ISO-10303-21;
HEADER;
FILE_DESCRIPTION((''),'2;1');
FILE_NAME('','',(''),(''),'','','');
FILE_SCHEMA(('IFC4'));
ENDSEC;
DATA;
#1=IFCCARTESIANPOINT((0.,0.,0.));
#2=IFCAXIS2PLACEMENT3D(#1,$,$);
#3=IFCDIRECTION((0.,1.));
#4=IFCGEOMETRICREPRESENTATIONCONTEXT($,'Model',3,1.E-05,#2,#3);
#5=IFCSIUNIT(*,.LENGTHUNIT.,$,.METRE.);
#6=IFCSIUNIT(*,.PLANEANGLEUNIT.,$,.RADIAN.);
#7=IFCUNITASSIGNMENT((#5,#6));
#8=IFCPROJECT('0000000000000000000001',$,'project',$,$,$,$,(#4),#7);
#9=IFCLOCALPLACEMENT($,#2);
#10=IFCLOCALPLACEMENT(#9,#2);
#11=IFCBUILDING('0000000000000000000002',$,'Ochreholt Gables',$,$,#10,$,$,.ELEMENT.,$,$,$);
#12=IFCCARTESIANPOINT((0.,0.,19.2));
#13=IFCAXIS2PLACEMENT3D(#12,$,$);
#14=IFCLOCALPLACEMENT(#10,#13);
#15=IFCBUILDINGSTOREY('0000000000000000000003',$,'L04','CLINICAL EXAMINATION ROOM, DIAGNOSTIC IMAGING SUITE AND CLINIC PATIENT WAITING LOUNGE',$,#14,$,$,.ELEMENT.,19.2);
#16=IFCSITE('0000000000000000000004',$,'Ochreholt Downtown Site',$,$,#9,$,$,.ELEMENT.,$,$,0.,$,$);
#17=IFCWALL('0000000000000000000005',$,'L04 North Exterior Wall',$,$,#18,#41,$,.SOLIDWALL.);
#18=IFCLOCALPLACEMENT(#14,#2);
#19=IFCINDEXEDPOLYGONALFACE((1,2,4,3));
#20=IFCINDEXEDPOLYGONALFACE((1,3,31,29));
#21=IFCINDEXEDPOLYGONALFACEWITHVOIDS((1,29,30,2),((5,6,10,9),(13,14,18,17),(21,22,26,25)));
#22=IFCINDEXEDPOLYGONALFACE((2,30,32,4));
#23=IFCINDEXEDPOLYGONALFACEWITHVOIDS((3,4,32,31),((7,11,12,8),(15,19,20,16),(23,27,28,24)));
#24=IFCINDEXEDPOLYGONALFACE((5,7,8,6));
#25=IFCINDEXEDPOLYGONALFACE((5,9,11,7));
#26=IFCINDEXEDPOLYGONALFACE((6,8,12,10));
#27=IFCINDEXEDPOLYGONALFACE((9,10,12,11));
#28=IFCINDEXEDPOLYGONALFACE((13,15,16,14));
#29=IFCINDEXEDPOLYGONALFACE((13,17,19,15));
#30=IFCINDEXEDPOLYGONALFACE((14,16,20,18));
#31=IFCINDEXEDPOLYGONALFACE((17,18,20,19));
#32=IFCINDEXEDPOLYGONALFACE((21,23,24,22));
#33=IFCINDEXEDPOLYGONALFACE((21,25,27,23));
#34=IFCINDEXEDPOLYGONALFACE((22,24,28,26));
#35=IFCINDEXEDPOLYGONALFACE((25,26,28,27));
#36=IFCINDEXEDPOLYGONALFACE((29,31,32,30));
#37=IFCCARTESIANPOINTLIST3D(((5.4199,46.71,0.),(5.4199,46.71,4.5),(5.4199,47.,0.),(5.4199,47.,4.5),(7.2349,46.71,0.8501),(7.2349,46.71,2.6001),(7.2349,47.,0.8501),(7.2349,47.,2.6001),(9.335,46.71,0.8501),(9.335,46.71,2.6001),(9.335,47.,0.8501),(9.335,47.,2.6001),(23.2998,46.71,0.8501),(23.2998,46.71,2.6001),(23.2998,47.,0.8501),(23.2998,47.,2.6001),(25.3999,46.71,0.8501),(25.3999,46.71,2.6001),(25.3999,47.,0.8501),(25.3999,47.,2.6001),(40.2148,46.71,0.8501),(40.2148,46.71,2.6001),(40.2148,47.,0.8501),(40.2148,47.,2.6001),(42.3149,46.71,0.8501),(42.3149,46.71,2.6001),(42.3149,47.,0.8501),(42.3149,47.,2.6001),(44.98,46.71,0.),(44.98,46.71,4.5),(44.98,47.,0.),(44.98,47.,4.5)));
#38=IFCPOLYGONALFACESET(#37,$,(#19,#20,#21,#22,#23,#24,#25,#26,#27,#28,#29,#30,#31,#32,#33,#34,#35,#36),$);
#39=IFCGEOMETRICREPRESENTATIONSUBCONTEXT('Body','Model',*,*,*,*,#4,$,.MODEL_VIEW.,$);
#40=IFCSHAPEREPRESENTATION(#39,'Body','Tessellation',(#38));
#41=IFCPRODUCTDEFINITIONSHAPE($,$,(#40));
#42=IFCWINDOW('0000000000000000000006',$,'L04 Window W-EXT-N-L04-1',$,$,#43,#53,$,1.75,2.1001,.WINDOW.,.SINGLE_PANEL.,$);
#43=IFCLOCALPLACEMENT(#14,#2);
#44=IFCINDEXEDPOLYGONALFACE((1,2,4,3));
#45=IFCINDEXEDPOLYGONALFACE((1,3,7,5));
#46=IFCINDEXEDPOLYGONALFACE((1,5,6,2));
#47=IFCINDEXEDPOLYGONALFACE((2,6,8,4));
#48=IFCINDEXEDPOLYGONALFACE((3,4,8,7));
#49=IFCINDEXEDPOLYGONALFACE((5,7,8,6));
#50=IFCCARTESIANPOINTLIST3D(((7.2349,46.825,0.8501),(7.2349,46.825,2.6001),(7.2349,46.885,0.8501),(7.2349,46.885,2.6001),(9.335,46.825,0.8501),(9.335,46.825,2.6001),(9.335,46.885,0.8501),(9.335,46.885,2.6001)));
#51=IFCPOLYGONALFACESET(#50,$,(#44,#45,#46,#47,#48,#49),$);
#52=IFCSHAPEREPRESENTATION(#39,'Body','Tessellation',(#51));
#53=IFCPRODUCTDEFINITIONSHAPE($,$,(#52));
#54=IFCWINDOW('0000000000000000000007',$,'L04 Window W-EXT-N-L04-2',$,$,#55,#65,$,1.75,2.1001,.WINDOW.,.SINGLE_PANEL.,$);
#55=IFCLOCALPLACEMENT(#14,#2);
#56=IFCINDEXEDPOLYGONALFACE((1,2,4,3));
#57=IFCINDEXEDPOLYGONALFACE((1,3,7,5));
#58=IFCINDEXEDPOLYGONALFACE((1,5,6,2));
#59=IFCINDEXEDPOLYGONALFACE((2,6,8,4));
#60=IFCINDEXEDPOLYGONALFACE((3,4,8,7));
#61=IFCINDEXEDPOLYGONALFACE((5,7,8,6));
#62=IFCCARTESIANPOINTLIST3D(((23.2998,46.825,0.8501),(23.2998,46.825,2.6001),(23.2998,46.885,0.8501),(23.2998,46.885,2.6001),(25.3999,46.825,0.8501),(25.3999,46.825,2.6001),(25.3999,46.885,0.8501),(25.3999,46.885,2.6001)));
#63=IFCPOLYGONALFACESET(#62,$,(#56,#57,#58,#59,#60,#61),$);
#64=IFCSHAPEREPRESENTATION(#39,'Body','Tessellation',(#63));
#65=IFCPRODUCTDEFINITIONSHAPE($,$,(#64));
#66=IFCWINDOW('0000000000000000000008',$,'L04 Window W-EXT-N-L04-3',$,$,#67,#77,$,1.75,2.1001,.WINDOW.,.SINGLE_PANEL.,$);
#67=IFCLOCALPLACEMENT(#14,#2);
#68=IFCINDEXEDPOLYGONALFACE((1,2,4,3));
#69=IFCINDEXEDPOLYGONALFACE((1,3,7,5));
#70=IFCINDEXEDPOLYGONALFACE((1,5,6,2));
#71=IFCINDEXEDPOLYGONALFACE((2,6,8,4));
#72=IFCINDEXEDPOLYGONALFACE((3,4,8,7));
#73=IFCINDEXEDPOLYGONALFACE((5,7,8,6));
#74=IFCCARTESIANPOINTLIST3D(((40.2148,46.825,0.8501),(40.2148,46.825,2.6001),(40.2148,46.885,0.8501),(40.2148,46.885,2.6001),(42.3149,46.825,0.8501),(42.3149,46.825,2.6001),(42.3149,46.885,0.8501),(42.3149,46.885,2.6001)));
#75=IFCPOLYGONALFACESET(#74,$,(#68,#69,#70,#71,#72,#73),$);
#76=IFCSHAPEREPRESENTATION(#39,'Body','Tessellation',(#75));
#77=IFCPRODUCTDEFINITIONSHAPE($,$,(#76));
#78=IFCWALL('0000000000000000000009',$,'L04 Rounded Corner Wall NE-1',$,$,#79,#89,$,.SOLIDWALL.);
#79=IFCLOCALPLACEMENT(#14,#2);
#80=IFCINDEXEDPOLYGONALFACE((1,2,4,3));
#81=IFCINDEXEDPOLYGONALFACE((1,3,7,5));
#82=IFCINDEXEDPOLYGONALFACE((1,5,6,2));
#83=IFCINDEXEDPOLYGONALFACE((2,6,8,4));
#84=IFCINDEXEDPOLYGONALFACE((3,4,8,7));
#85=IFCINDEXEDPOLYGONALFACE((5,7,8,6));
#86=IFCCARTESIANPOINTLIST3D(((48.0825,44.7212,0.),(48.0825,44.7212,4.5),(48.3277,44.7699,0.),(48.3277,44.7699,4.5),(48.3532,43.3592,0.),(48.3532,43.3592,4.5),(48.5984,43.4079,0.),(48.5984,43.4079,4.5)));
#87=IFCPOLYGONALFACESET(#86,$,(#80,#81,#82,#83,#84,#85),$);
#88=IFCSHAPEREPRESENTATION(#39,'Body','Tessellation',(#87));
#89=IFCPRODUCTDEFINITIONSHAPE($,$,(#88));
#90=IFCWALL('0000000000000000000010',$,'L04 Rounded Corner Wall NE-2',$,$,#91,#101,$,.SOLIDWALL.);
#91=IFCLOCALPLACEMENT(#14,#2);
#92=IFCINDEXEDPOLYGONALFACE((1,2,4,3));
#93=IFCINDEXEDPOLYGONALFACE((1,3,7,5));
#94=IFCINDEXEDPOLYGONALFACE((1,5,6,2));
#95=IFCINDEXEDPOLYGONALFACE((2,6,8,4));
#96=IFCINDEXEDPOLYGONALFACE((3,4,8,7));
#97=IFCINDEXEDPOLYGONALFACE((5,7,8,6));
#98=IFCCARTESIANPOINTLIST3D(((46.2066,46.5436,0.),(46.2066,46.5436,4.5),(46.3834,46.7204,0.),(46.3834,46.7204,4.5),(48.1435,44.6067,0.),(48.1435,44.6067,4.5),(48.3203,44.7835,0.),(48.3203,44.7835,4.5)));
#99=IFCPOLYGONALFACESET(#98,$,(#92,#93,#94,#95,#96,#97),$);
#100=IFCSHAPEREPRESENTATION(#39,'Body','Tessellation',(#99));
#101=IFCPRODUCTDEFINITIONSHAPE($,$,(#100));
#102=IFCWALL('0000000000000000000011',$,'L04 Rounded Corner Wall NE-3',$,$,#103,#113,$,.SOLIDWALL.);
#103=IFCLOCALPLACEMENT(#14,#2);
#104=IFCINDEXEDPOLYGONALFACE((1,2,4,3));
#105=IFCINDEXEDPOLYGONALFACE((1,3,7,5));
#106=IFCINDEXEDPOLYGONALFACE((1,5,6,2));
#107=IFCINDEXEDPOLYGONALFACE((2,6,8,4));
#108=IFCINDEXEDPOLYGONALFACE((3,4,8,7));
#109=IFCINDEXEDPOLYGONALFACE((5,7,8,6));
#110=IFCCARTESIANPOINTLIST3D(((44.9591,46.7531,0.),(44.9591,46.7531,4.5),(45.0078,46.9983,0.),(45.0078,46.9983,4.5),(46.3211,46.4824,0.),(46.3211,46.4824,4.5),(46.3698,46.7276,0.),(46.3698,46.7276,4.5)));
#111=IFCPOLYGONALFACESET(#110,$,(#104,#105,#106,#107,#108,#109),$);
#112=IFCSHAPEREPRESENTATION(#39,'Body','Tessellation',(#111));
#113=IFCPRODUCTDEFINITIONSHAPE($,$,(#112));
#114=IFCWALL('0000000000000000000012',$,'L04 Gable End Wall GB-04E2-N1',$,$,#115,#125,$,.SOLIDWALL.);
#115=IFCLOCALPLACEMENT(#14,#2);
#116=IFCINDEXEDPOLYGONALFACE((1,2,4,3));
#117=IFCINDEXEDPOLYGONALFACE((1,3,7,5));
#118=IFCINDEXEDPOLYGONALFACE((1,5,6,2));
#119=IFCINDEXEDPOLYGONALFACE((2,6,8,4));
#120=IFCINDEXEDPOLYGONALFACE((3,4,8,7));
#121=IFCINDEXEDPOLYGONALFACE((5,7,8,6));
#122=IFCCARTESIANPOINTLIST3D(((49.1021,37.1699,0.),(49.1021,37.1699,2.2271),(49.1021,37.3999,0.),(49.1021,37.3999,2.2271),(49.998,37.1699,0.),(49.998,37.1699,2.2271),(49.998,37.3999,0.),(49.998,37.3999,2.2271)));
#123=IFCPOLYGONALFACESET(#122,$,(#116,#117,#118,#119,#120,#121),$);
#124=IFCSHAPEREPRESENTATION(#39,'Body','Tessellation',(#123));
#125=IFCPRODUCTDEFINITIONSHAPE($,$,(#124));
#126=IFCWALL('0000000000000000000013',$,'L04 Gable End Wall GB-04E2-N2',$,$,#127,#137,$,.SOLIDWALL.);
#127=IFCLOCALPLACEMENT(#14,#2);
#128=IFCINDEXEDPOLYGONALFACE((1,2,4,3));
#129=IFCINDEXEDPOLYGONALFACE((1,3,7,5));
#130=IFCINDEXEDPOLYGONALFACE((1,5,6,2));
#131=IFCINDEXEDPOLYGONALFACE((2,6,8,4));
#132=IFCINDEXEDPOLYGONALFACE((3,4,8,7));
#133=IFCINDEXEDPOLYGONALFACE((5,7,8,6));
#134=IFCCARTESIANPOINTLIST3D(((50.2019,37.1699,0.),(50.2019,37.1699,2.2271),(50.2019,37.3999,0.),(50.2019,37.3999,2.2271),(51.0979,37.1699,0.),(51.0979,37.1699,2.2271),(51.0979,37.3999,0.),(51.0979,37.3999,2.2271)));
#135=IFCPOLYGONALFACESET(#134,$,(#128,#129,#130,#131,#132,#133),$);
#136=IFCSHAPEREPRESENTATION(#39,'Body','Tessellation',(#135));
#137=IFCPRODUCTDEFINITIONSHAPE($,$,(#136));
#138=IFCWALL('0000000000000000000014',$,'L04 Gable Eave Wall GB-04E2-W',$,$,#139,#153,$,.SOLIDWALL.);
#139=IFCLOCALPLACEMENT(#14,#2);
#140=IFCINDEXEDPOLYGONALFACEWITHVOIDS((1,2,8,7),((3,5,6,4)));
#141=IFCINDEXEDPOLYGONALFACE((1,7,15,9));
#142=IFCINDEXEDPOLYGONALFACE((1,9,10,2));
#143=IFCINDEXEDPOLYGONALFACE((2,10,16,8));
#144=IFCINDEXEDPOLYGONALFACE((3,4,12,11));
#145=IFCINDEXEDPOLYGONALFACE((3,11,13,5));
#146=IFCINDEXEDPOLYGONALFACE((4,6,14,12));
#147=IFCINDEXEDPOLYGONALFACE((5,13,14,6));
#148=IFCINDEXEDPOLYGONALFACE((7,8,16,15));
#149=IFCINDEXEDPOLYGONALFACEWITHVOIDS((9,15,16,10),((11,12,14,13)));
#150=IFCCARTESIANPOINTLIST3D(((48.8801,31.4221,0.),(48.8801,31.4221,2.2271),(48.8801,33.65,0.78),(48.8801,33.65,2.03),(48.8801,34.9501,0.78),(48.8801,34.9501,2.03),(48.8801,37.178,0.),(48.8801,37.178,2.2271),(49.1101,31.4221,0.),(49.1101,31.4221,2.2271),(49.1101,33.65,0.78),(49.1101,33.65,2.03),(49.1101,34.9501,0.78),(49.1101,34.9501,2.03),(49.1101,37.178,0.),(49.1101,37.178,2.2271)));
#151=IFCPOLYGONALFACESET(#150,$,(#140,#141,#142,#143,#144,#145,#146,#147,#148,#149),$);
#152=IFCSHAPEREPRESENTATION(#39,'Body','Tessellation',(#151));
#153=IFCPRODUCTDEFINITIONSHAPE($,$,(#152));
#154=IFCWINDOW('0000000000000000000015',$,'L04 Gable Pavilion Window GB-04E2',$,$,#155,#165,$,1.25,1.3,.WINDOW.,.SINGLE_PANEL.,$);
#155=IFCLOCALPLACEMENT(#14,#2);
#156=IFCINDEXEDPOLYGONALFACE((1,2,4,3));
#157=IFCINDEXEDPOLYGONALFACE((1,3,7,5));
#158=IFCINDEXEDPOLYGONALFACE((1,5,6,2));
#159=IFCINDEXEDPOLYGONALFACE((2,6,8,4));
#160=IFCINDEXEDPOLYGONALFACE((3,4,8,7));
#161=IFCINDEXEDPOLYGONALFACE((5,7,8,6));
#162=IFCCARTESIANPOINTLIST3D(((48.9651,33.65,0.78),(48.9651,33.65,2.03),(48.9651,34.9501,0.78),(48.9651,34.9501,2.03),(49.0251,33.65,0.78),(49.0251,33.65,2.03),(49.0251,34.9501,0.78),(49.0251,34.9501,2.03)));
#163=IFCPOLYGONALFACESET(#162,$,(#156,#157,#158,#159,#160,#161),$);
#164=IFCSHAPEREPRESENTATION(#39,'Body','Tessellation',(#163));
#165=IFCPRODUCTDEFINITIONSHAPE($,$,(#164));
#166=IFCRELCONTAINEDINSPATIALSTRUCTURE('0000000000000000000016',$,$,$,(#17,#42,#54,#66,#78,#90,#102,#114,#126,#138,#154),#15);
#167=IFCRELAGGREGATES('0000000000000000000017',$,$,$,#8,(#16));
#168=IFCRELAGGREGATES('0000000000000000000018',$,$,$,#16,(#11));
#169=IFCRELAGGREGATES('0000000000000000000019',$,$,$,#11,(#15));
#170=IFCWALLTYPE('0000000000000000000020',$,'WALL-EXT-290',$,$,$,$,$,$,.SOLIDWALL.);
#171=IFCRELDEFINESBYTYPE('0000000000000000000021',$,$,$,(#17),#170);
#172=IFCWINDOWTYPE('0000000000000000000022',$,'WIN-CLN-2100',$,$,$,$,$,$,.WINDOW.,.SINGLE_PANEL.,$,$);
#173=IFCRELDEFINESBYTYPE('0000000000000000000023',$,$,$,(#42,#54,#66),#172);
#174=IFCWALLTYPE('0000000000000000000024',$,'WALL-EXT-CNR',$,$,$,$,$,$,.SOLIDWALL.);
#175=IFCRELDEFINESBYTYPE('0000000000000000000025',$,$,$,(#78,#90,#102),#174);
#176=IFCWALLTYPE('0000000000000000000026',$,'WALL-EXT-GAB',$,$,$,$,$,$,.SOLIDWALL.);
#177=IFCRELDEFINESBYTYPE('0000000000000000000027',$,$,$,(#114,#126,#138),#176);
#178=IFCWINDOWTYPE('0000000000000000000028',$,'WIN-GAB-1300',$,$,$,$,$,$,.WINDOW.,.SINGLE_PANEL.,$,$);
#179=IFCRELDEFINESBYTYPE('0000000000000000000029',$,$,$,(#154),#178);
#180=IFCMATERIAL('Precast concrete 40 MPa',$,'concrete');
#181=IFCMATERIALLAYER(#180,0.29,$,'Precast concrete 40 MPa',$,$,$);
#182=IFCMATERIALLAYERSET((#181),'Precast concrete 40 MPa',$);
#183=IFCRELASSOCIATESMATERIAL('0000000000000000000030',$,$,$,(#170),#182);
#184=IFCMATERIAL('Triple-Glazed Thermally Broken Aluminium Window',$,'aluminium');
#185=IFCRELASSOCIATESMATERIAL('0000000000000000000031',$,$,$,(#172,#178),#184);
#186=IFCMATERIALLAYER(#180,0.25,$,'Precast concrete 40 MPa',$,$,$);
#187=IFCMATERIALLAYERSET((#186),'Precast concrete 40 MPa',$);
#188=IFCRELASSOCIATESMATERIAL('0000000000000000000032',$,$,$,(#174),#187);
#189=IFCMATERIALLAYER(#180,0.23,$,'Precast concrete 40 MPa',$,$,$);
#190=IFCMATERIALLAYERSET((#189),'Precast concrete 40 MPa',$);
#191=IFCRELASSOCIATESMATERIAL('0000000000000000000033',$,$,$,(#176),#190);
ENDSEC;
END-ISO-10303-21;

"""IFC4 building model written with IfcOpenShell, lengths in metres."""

from ifc_helpers import new_model, si_unit, direction, frame, frame_2d, origin, place, context, subcontext, project, spatial, rectangle, extrude, material, layer, layer_set, type_object, element, fill, save


model = new_model("IFC4")

# Units and contexts
model_context = context("Model", 3, precision=1e-05, world=origin(), true_north=direction((0.0, 1.0)))
body_context = subcontext(model_context, "Body", "Model", "MODEL_VIEW")
ifc_project = project(units=[si_unit("LENGTHUNIT", "METRE"), si_unit("PLANEANGLEUNIT", "RADIAN")], contexts=[model_context])

# Site, building, storey
site_placement = place(None, origin())
site = spatial("IfcSite", under=ifc_project, at=site_placement, Name="Ochreholt Downtown Site", CompositionType="ELEMENT", RefElevation=0.0)
building_placement = place(site_placement, origin())
building = spatial("IfcBuilding", under=site, at=building_placement, Name="Ochreholt Gables", CompositionType="ELEMENT")
storey_placement = place(building_placement, frame((0.0, 0.0, 19.2)))
storey = spatial("IfcBuildingStorey", under=building, at=storey_placement, Name="L04", Description="CLINICAL EXAMINATION ROOM, DIAGNOSTIC IMAGING SUITE AND CLINIC PATIENT WAITING LOUNGE", CompositionType="ELEMENT", Elevation=19.2)

# Wall, openings, windows
ifc_material_1 = material(Name="Precast concrete 40 MPa", Category="concrete")
ifc_layer_1 = layer(ifc_material_1, 0.29, Name="Precast concrete 40 MPa")
ifc_layer_set_1 = layer_set([ifc_layer_1], Name="Precast concrete 40 MPa")
wall_type_1 = type_object("IfcWallType", Name="WALL-EXT-290", PredefinedType="SOLIDWALL", material=ifc_layer_set_1)
wall_1_placement = place(storey_placement, frame((44.98, 46.855, 0.0), z_axis=(0.0, 0.0, 1.0), x_axis=(-1.0, 0.0, 0.0)))
wall_1 = element("IfcWall", 1, at=wall_1_placement, inside=storey, type_object=wall_type_1, Name="L04 North Exterior Wall", PredefinedType="SOLIDWALL", context=body_context, shape_type="SweptSolid", body=[
    extrude(rectangle(XDim=39.5601, YDim=0.29, at=frame_2d((19.78, 0.0))), origin(), (0.0, 0.0, 1.0), 4.5),
])
opening_1_placement = place(wall_1_placement, frame((35.645, 0.0, 0.8501)))
opening_1 = element("IfcOpeningElement", 2, at=opening_1_placement, cuts=wall_1, PredefinedType="OPENING", context=body_context, shape_type="SweptSolid", body=[
    extrude(rectangle(XDim=2.1001, YDim=1.75, at=frame_2d((1.05, 0.875))), frame((0.0, 0.155, 0.0), z_axis=(0.0, -1.0, 0.0), x_axis=(1.0, 0.0, 0.0)), (0.0, 0.0, 1.0), 0.3101),
])
opening_2_placement = place(wall_1_placement, frame((19.5801, 0.0, 0.8501)))
opening_2 = element("IfcOpeningElement", 3, at=opening_2_placement, cuts=wall_1, PredefinedType="OPENING", context=body_context, shape_type="SweptSolid", body=[
    extrude(rectangle(XDim=2.1001, YDim=1.75, at=frame_2d((1.05, 0.875))), frame((0.0, 0.155, 0.0), z_axis=(0.0, -1.0, 0.0), x_axis=(1.0, 0.0, 0.0)), (0.0, 0.0, 1.0), 0.3101),
])
opening_3_placement = place(wall_1_placement, frame((2.665, 0.0, 0.8501)))
opening_3 = element("IfcOpeningElement", 4, at=opening_3_placement, cuts=wall_1, PredefinedType="OPENING", context=body_context, shape_type="SweptSolid", body=[
    extrude(rectangle(XDim=2.1001, YDim=1.75, at=frame_2d((1.05, 0.875))), frame((0.0, 0.155, 0.0), z_axis=(0.0, -1.0, 0.0), x_axis=(1.0, 0.0, 0.0)), (0.0, 0.0, 1.0), 0.3101),
])
ifc_material_2 = material(Name="Triple-Glazed Thermally Broken Aluminium Window", Category="aluminium")
window_type_1 = type_object("IfcWindowType", Name="WIN-CLN-2100", PartitioningType="SINGLE_PANEL", PredefinedType="WINDOW", material=ifc_material_2)
window_1_placement = place(opening_1_placement, origin())
window_1 = element("IfcWindow", 5, at=window_1_placement, inside=storey, type_object=window_type_1, Name="L04 Window W-EXT-N-L04-1", OverallHeight=1.75, OverallWidth=2.1001, PartitioningType="SINGLE_PANEL", PredefinedType="WINDOW", context=body_context, shape_type="SweptSolid", body=[
    extrude(rectangle(XDim=2.1001, YDim=1.75, at=frame_2d((1.05, 0.875))), frame((0.0, 0.03, 0.0), z_axis=(0.0, -1.0, 0.0), x_axis=(1.0, 0.0, 0.0)), (0.0, 0.0, 1.0), 0.0601),
])
fill(opening_1, window_1)
window_2_placement = place(opening_2_placement, origin())
window_2 = element("IfcWindow", 6, at=window_2_placement, inside=storey, type_object=window_type_1, Name="L04 Window W-EXT-N-L04-2", OverallHeight=1.75, OverallWidth=2.1001, PartitioningType="SINGLE_PANEL", PredefinedType="WINDOW", context=body_context, shape_type="SweptSolid", body=[
    extrude(rectangle(XDim=2.1001, YDim=1.75, at=frame_2d((1.05, 0.875))), frame((0.0, 0.03, 0.0), z_axis=(0.0, -1.0, 0.0), x_axis=(1.0, 0.0, 0.0)), (0.0, 0.0, 1.0), 0.0601),
])
fill(opening_2, window_2)
window_3_placement = place(opening_3_placement, origin())
window_3 = element("IfcWindow", 7, at=window_3_placement, inside=storey, type_object=window_type_1, Name="L04 Window W-EXT-N-L04-3", OverallHeight=1.75, OverallWidth=2.1001, PartitioningType="SINGLE_PANEL", PredefinedType="WINDOW", context=body_context, shape_type="SweptSolid", body=[
    extrude(rectangle(XDim=2.1001, YDim=1.75, at=frame_2d((1.05, 0.875))), frame((0.0, 0.03, 0.0), z_axis=(0.0, -1.0, 0.0), x_axis=(1.0, 0.0, 0.0)), (0.0, 0.0, 1.0), 0.0601),
])
fill(opening_3, window_3)

# Walls
ifc_layer_2 = layer(ifc_material_1, 0.25, Name="Precast concrete 40 MPa")
ifc_layer_set_2 = layer_set([ifc_layer_2], Name="Precast concrete 40 MPa")
wall_type_2 = type_object("IfcWallType", Name="WALL-EXT-CNR", PredefinedType="SOLIDWALL", material=ifc_layer_set_2)
wall_2_placement = place(storey_placement, frame((48.4758, 43.3835, 0.0), z_axis=(0.0, 0.0, 1.0), x_axis=(-0.194967, 0.98081, 0.0)))
element("IfcWall", 8, at=wall_2_placement, inside=storey, type_object=wall_type_2, Name="L04 Rounded Corner Wall NE-1", PredefinedType="SOLIDWALL", context=body_context, shape_type="SweptSolid", body=[
    extrude(rectangle(XDim=1.3887, YDim=0.25, at=frame_2d((0.6943, 0.0))), origin(), (0.0, 0.0, 1.0), 4.5),
])
wall_3_placement = place(storey_placement, frame((48.2319, 44.6951, 0.0), z_axis=(0.0, 0.0, 1.0), x_axis=(-0.707107, 0.707107, 0.0)))
element("IfcWall", 9, at=wall_3_placement, inside=storey, type_object=wall_type_2, Name="L04 Rounded Corner Wall NE-2", PredefinedType="SOLIDWALL", context=body_context, shape_type="SweptSolid", body=[
    extrude(rectangle(XDim=2.7393, YDim=0.25, at=frame_2d((1.3696, 0.0))), origin(), (0.0, 0.0, 1.0), 4.5),
])
wall_4_placement = place(storey_placement, frame((46.3455, 46.605, 0.0), z_axis=(0.0, 0.0, 1.0), x_axis=(-0.98081, 0.194967, 0.0)))
element("IfcWall", 10, at=wall_4_placement, inside=storey, type_object=wall_type_2, Name="L04 Rounded Corner Wall NE-3", PredefinedType="SOLIDWALL", context=body_context, shape_type="SweptSolid", body=[
    extrude(rectangle(XDim=1.3887, YDim=0.25, at=frame_2d((0.6943, 0.0))), origin(), (0.0, 0.0, 1.0), 4.5),
])
ifc_layer_3 = layer(ifc_material_1, 0.23, Name="Precast concrete 40 MPa")
ifc_layer_set_3 = layer_set([ifc_layer_3], Name="Precast concrete 40 MPa")
wall_type_3 = type_object("IfcWallType", Name="WALL-EXT-GAB", PredefinedType="SOLIDWALL", material=ifc_layer_set_3)
for number, where, z_axis, x_axis, name in (
    (11, (49.1021, 37.2849, 0.0), (0.0, 0.0, 1.0), (1.0, 0.0, 0.0), "L04 Gable End Wall GB-04E2-N1"),
    (12, (50.2019, 37.2849, 0.0), (0.0, 0.0, 1.0), (1.0, 0.0, 0.0), "L04 Gable End Wall GB-04E2-N2"),
):
    element("IfcWall", number, at=place(storey_placement, frame(where, z_axis=z_axis, x_axis=x_axis)), inside=storey, type_object=wall_type_3, Name=name, PredefinedType="SOLIDWALL", context=body_context, shape_type="SweptSolid", body=[
        extrude(rectangle(XDim=0.896, YDim=0.23, at=frame_2d((0.448, 0.0))), origin(), (0.0, 0.0, 1.0), 2.2271),
    ])

# Wall, opening, window
wall_5_placement = place(storey_placement, frame((48.9951, 31.4221, 0.0), z_axis=(0.0, 0.0, 1.0), x_axis=(0.0, 1.0, 0.0)))
wall_5 = element("IfcWall", 13, at=wall_5_placement, inside=storey, type_object=wall_type_3, Name="L04 Gable Eave Wall GB-04E2-W", PredefinedType="SOLIDWALL", context=body_context, shape_type="SweptSolid", body=[
    extrude(rectangle(XDim=5.7559, YDim=0.23, at=frame_2d((2.8779, 0.0))), origin(), (0.0, 0.0, 1.0), 2.2271),
])
opening_4_placement = place(wall_5_placement, frame((2.228, 0.0, 0.78)))
opening_4 = element("IfcOpeningElement", 14, at=opening_4_placement, cuts=wall_5, PredefinedType="OPENING", context=body_context, shape_type="SweptSolid", body=[
    extrude(rectangle(XDim=1.3, YDim=1.25, at=frame_2d((0.6499, 0.625))), frame((0.0, 0.125, 0.0), z_axis=(0.0, -1.0, 0.0), x_axis=(1.0, 0.0, 0.0)), (0.0, 0.0, 1.0), 0.25),
])
window_type_2 = type_object("IfcWindowType", Name="WIN-GAB-1300", PartitioningType="SINGLE_PANEL", PredefinedType="WINDOW", material=ifc_material_2)
window_4_placement = place(opening_4_placement, origin())
window_4 = element("IfcWindow", 15, at=window_4_placement, inside=storey, type_object=window_type_2, Name="L04 Gable Pavilion Window GB-04E2", OverallHeight=1.25, OverallWidth=1.3, PartitioningType="SINGLE_PANEL", PredefinedType="WINDOW", context=body_context, shape_type="SweptSolid", body=[
    extrude(rectangle(XDim=1.3, YDim=1.25, at=frame_2d((0.6499, 0.625))), frame((0.0, 0.03, 0.0), z_axis=(0.0, -1.0, 0.0), x_axis=(1.0, 0.0, 0.0)), (0.0, 0.0, 1.0), 0.0601),
])
fill(opening_4, window_4)

save(model, "model.ifc")
